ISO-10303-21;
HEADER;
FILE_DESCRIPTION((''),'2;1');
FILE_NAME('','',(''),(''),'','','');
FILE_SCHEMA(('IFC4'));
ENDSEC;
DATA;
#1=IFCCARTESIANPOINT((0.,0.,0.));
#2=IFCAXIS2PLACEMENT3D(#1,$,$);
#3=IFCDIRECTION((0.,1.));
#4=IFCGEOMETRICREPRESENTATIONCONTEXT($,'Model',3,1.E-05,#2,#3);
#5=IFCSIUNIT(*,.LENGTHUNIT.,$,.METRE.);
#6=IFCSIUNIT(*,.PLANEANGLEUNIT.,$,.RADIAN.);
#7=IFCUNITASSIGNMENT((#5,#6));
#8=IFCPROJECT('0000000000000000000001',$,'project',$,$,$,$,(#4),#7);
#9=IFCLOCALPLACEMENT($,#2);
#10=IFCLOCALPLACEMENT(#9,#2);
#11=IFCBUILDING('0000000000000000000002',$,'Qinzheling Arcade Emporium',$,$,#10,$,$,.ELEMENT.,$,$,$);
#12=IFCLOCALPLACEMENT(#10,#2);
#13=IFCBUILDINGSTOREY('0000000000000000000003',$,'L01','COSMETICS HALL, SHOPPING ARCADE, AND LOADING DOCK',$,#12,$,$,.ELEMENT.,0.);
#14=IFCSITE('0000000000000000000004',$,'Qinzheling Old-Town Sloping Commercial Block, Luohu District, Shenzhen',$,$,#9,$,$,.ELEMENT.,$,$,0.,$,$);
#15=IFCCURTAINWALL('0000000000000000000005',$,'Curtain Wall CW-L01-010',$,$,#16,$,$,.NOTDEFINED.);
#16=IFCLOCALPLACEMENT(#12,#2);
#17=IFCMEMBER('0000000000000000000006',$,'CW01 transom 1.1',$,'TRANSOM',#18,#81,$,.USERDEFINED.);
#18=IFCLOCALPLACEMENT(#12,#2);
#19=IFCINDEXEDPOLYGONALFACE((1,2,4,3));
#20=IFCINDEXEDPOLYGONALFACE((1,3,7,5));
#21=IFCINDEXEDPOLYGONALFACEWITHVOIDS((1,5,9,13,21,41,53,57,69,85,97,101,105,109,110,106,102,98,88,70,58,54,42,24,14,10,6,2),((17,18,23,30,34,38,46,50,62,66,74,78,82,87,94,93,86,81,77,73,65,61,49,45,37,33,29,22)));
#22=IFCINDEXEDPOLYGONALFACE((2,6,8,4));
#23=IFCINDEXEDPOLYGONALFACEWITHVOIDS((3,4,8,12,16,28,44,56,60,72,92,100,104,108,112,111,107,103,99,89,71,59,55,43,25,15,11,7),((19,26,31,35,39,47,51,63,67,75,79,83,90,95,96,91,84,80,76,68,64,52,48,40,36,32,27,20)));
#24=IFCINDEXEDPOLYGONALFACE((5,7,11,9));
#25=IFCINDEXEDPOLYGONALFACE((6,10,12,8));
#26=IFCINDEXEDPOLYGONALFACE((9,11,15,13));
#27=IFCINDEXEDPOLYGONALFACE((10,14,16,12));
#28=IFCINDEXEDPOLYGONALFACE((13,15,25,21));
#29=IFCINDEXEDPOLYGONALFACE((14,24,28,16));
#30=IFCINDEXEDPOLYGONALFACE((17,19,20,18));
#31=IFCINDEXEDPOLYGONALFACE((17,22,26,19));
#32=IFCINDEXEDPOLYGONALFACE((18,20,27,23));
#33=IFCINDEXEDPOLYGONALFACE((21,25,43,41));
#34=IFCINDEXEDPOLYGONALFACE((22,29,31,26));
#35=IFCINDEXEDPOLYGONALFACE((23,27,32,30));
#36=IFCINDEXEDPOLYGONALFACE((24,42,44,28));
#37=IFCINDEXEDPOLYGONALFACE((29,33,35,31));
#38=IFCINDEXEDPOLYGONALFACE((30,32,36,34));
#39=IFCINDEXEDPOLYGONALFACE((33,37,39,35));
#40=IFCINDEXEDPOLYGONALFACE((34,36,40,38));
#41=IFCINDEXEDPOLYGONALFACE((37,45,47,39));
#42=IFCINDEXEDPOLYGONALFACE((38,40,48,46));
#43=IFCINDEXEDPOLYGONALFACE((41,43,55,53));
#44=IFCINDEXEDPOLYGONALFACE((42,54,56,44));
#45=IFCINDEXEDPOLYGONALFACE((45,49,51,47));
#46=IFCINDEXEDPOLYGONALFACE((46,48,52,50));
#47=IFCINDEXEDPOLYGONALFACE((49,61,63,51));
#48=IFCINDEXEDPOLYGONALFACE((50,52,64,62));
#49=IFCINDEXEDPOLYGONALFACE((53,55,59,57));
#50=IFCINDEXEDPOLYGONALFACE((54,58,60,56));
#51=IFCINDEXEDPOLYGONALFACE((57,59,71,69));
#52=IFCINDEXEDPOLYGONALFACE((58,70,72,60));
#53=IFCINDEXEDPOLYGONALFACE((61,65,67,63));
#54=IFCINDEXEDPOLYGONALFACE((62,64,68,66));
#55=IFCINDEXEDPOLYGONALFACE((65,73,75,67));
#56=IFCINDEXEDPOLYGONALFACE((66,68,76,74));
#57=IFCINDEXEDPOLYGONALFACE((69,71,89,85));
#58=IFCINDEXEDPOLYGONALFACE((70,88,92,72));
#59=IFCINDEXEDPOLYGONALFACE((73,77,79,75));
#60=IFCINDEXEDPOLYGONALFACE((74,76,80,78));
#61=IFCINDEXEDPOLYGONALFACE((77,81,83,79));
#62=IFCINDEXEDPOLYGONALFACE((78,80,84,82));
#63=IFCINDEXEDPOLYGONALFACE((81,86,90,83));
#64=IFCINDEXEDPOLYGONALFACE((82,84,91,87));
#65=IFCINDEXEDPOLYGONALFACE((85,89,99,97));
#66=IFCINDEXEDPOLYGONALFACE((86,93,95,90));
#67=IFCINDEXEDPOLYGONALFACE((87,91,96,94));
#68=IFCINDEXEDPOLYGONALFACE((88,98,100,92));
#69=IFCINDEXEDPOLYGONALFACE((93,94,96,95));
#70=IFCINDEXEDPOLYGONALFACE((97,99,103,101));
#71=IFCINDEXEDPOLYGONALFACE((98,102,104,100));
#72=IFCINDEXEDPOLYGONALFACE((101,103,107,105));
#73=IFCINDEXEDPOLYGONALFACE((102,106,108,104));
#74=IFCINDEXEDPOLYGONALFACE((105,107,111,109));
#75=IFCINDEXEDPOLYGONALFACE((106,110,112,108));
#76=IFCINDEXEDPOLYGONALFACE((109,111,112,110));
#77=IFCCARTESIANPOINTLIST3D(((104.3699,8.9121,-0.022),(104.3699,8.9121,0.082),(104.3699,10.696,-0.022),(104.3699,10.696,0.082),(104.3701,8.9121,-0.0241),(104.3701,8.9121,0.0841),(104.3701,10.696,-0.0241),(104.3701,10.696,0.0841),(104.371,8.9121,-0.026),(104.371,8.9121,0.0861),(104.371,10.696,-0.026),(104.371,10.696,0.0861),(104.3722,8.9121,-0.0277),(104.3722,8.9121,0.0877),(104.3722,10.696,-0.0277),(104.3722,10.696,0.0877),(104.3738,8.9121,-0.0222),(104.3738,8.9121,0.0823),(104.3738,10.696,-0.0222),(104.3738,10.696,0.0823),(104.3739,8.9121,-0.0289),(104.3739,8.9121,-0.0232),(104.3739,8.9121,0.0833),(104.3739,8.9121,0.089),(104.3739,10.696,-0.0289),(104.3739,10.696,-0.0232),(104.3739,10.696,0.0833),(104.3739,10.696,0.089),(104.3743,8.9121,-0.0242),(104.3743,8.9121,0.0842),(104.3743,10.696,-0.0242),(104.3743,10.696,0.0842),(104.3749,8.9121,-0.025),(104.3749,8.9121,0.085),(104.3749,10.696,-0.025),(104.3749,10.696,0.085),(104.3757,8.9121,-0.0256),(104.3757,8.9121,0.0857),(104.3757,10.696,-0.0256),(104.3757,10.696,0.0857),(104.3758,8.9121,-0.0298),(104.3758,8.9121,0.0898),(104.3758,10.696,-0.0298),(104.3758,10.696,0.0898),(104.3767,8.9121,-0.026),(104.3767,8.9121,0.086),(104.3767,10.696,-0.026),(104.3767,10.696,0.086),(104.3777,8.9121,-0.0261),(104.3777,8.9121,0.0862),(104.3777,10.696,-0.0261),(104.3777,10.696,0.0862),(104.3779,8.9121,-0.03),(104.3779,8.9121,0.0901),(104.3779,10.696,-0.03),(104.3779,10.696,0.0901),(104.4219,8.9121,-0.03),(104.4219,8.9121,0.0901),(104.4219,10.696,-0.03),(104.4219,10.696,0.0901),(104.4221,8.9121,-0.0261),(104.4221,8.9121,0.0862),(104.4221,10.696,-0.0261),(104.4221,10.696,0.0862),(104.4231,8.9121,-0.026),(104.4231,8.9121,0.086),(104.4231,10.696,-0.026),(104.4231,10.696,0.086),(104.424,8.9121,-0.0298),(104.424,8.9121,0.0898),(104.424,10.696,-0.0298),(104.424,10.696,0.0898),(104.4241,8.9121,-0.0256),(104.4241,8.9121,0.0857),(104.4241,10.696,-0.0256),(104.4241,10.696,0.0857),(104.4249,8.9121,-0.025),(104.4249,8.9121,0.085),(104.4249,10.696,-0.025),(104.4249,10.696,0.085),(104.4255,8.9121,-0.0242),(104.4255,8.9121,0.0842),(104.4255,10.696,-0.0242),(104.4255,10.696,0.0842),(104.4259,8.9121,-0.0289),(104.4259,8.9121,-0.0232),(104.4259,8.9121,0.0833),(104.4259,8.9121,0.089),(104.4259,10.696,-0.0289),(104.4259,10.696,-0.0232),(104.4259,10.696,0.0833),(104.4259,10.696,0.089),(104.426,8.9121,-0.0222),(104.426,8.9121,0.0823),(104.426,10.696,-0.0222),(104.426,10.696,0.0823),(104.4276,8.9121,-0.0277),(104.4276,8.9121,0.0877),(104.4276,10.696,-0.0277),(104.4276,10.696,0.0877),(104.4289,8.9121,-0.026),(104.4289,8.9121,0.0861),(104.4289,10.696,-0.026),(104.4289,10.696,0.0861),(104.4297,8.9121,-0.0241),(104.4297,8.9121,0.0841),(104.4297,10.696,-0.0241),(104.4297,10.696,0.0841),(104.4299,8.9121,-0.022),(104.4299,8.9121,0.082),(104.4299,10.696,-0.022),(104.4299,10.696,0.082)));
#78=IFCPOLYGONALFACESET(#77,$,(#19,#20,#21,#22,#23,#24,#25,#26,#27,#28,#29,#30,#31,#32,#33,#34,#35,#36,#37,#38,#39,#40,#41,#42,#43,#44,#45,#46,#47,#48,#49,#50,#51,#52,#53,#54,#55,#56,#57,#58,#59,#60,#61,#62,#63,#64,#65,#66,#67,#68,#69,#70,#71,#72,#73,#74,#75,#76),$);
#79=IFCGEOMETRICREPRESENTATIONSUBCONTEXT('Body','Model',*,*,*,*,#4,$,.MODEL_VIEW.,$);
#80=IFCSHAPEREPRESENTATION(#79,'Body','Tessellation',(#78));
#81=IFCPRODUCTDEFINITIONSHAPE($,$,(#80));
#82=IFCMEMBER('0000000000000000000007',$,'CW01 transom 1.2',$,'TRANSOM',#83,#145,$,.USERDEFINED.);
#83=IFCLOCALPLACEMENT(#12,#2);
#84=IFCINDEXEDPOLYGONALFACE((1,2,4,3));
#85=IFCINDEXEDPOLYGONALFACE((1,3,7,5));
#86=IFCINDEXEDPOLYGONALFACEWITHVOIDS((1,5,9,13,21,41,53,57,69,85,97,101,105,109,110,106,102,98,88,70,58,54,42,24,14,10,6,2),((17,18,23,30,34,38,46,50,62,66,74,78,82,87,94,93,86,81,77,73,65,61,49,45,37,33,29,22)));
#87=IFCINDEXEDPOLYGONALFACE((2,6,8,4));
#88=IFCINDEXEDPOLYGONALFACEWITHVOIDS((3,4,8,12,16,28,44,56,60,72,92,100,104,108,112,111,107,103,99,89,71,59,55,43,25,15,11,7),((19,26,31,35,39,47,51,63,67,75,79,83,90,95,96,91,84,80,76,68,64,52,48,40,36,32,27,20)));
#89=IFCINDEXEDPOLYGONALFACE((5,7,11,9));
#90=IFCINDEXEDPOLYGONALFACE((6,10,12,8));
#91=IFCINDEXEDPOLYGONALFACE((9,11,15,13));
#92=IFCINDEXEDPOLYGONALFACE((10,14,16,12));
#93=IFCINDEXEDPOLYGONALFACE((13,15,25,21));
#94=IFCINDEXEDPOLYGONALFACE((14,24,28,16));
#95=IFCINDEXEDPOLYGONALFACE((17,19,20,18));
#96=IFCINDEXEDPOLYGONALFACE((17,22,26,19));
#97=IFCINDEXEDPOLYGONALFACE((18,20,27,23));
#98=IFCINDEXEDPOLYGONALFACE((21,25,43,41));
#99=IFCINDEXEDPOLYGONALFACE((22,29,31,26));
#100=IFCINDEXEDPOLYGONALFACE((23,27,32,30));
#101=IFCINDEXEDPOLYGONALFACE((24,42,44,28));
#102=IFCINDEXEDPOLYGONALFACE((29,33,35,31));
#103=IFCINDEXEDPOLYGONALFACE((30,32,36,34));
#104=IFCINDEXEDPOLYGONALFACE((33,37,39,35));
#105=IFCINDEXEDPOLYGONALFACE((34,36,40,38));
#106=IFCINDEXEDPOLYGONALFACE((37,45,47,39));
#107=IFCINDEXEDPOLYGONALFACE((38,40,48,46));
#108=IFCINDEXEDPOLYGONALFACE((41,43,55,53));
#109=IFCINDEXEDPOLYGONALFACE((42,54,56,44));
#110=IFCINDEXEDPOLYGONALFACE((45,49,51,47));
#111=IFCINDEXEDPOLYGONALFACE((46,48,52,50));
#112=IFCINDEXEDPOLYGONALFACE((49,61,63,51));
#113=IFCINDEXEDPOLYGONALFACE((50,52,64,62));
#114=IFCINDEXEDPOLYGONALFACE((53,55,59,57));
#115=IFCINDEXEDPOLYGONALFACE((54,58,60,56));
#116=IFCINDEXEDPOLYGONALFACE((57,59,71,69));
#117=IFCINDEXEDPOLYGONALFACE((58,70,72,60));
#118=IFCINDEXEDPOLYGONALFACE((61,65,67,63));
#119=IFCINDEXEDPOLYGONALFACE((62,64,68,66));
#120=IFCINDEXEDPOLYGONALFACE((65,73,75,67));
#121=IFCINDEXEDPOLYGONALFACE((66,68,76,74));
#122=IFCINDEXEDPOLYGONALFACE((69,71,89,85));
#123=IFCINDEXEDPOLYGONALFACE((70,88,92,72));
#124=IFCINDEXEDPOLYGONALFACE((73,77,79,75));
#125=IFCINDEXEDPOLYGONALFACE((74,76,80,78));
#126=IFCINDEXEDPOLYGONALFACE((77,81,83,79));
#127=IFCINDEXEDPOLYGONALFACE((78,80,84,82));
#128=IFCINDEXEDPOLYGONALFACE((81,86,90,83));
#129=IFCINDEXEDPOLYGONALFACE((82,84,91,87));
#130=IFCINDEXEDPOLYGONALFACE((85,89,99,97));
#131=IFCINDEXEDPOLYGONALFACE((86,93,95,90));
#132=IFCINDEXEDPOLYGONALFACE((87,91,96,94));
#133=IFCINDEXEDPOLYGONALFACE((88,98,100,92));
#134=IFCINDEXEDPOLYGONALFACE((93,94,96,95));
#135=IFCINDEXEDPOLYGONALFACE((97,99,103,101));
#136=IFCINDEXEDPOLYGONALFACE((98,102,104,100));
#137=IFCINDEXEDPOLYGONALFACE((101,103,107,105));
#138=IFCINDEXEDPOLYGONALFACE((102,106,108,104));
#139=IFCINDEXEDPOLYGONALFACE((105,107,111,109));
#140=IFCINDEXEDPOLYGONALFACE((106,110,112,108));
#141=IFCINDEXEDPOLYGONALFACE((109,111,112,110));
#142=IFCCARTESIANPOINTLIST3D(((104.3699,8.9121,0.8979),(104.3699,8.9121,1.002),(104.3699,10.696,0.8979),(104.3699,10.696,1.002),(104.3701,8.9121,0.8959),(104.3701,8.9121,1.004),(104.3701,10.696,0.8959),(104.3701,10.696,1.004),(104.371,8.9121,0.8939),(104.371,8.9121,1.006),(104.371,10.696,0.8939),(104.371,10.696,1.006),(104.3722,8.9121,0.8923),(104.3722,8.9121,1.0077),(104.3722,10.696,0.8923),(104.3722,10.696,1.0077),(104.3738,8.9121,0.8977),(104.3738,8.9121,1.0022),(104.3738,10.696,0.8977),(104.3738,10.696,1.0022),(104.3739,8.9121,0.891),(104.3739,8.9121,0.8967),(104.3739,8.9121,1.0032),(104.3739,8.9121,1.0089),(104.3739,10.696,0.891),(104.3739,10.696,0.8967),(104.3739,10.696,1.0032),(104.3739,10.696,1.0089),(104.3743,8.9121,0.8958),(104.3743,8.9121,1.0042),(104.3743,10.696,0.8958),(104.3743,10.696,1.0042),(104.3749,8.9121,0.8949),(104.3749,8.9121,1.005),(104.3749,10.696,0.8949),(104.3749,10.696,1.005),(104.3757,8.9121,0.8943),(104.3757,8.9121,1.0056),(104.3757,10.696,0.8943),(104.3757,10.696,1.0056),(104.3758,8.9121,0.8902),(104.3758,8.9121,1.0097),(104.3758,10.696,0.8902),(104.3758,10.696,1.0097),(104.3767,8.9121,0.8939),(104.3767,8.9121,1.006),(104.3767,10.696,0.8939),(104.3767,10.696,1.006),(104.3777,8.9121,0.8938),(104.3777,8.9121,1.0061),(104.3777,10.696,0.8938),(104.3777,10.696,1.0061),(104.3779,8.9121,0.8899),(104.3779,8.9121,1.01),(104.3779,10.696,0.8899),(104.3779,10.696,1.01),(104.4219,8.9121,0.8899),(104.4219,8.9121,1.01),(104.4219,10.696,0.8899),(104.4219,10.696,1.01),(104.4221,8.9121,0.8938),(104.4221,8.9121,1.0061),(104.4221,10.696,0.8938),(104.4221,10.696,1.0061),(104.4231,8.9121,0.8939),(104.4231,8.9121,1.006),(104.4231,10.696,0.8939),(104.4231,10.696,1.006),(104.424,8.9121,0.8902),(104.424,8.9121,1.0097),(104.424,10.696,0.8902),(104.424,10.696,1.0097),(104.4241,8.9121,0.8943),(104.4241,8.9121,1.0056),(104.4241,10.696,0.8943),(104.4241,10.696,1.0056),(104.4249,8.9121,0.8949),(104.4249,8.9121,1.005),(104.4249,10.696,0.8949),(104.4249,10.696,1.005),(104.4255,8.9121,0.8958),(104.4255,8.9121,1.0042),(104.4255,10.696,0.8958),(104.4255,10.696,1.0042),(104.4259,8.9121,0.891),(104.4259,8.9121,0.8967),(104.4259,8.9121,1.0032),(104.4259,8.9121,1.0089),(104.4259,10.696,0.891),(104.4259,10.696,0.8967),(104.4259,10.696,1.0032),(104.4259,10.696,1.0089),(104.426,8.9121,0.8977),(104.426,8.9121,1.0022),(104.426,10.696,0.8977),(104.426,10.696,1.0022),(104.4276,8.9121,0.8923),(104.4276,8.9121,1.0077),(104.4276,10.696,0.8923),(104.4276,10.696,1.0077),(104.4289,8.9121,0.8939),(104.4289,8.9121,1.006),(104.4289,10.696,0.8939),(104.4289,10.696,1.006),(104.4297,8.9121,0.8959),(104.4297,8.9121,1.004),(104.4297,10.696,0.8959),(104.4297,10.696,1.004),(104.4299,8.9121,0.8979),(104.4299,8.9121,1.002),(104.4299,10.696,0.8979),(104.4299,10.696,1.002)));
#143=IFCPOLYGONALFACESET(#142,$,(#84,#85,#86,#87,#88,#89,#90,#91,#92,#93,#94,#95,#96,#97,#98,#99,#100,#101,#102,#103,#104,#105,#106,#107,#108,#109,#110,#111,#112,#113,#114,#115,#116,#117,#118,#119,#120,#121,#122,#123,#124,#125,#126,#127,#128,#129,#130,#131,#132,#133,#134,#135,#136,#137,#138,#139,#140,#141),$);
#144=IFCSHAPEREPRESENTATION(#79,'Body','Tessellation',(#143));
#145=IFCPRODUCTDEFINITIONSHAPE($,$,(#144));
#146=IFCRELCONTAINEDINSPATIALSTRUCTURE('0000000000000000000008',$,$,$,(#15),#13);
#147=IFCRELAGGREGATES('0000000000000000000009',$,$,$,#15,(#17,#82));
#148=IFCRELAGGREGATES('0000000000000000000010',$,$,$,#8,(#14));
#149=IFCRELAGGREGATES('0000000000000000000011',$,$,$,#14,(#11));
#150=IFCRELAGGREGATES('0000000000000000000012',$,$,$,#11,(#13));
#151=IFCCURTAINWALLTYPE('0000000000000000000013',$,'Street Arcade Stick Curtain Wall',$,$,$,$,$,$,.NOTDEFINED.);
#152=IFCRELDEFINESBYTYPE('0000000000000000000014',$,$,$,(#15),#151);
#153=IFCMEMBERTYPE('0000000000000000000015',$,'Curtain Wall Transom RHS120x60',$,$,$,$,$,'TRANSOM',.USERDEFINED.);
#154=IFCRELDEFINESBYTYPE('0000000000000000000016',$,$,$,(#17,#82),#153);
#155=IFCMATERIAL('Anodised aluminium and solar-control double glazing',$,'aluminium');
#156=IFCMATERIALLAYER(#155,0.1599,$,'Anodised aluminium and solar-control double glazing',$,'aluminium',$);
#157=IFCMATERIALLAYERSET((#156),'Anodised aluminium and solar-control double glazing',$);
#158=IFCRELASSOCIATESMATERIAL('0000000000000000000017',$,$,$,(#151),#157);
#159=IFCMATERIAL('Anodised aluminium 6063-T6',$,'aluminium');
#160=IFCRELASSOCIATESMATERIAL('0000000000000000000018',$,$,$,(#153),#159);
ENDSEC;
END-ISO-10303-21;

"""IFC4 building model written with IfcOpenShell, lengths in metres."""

from ifc_helpers import new_model, si_unit, direction, frame, origin, origin_2d, place, context, subcontext, project, spatial, hollow_rectangle, extrude, material, layer, layer_set, material_profile, profile_set, type_object, element, aggregate, save


model = new_model("IFC4")

# Units and contexts
model_context = context("Model", 3, precision=1e-05, world=origin(), true_north=direction((0.0, 1.0)))
body_context = subcontext(model_context, "Body", "Model", "MODEL_VIEW")
ifc_project = project(units=[si_unit("LENGTHUNIT", "METRE"), si_unit("PLANEANGLEUNIT", "RADIAN")], contexts=[model_context])

# Site, building, storey
site_placement = place(None, origin())
site = spatial("IfcSite", under=ifc_project, at=site_placement, Name="Qinzheling Old-Town Sloping Commercial Block, Luohu District, Shenzhen", CompositionType="ELEMENT", RefElevation=0.0)
building_placement = place(site_placement, origin())
building = spatial("IfcBuilding", under=site, at=building_placement, Name="Qinzheling Arcade Emporium", CompositionType="ELEMENT")
storey_placement = place(building_placement, origin())
storey = spatial("IfcBuildingStorey", under=building, at=storey_placement, Name="L01", Description="COSMETICS HALL, SHOPPING ARCADE, AND LOADING DOCK", CompositionType="ELEMENT", Elevation=0.0)

# Curtain wall, members
ifc_material_1 = material(Name="Anodised aluminium and solar-control double glazing", Category="aluminium")
ifc_layer_1 = layer(ifc_material_1, 0.1599, Name="Anodised aluminium and solar-control double glazing", Category="aluminium")
ifc_layer_set_1 = layer_set([ifc_layer_1], Name="Anodised aluminium and solar-control double glazing")
curtain_wall_type = type_object("IfcCurtainWallType", Name="Street Arcade Stick Curtain Wall", PredefinedType="NOTDEFINED", material=ifc_layer_set_1)
curtain_wall_placement = place(storey_placement, origin())
curtain_wall = element("IfcCurtainWall", 1, at=curtain_wall_placement, inside=storey, type_object=curtain_wall_type, Name="Curtain Wall CW-L01-010", PredefinedType="NOTDEFINED")
ifc_material_2 = material(Name="Anodised aluminium 6063-T6", Category="aluminium")
ifc_material_profile_1 = material_profile(ifc_material_2, hollow_rectangle(XDim=0.0601, YDim=0.1201, WallThickness=0.0039, InnerFilletRadius=0.0039, OuterFilletRadius=0.0081, at=origin_2d()), Name="RHS 120x60x4", Category="aluminium")
ifc_profile_set_1 = profile_set([ifc_material_profile_1], Name="Anodised aluminium 6063-T6")
member_type_1 = type_object("IfcMemberType", Name="Curtain Wall Transom RHS120x60", ElementType="TRANSOM", PredefinedType="USERDEFINED", material=ifc_profile_set_1)
member_1_placement = place(storey_placement, frame((104.3999, 8.9121, 0.03), z_axis=(0.0, 1.0, 0.0), x_axis=(-1.0, 0.0, 0.0)))
member_1 = element("IfcMember", 2, at=member_1_placement, type_object=member_type_1, Name="CW01 transom 1.1", ObjectType="TRANSOM", PredefinedType="USERDEFINED", context=body_context, shape_type="SweptSolid", body=[
    extrude(hollow_rectangle(XDim=0.0601, YDim=0.1201, WallThickness=0.0039, InnerFilletRadius=0.0039, OuterFilletRadius=0.0081, at=origin_2d()), origin(), (0.0, 0.0, 1.0), 1.7839),
])
member_2_placement = place(storey_placement, frame((104.3999, 8.9121, 0.95), z_axis=(0.0, 1.0, 0.0), x_axis=(-1.0, 0.0, 0.0)))
member_2 = element("IfcMember", 3, at=member_2_placement, type_object=member_type_1, Name="CW01 transom 1.2", ObjectType="TRANSOM", PredefinedType="USERDEFINED", context=body_context, shape_type="SweptSolid", body=[
    extrude(hollow_rectangle(XDim=0.0601, YDim=0.1201, WallThickness=0.0039, InnerFilletRadius=0.0039, OuterFilletRadius=0.0081, at=origin_2d()), origin(), (0.0, 0.0, 1.0), 1.7839),
])

aggregate(curtain_wall, [member_1, member_2])

save(model, "model.ifc")
